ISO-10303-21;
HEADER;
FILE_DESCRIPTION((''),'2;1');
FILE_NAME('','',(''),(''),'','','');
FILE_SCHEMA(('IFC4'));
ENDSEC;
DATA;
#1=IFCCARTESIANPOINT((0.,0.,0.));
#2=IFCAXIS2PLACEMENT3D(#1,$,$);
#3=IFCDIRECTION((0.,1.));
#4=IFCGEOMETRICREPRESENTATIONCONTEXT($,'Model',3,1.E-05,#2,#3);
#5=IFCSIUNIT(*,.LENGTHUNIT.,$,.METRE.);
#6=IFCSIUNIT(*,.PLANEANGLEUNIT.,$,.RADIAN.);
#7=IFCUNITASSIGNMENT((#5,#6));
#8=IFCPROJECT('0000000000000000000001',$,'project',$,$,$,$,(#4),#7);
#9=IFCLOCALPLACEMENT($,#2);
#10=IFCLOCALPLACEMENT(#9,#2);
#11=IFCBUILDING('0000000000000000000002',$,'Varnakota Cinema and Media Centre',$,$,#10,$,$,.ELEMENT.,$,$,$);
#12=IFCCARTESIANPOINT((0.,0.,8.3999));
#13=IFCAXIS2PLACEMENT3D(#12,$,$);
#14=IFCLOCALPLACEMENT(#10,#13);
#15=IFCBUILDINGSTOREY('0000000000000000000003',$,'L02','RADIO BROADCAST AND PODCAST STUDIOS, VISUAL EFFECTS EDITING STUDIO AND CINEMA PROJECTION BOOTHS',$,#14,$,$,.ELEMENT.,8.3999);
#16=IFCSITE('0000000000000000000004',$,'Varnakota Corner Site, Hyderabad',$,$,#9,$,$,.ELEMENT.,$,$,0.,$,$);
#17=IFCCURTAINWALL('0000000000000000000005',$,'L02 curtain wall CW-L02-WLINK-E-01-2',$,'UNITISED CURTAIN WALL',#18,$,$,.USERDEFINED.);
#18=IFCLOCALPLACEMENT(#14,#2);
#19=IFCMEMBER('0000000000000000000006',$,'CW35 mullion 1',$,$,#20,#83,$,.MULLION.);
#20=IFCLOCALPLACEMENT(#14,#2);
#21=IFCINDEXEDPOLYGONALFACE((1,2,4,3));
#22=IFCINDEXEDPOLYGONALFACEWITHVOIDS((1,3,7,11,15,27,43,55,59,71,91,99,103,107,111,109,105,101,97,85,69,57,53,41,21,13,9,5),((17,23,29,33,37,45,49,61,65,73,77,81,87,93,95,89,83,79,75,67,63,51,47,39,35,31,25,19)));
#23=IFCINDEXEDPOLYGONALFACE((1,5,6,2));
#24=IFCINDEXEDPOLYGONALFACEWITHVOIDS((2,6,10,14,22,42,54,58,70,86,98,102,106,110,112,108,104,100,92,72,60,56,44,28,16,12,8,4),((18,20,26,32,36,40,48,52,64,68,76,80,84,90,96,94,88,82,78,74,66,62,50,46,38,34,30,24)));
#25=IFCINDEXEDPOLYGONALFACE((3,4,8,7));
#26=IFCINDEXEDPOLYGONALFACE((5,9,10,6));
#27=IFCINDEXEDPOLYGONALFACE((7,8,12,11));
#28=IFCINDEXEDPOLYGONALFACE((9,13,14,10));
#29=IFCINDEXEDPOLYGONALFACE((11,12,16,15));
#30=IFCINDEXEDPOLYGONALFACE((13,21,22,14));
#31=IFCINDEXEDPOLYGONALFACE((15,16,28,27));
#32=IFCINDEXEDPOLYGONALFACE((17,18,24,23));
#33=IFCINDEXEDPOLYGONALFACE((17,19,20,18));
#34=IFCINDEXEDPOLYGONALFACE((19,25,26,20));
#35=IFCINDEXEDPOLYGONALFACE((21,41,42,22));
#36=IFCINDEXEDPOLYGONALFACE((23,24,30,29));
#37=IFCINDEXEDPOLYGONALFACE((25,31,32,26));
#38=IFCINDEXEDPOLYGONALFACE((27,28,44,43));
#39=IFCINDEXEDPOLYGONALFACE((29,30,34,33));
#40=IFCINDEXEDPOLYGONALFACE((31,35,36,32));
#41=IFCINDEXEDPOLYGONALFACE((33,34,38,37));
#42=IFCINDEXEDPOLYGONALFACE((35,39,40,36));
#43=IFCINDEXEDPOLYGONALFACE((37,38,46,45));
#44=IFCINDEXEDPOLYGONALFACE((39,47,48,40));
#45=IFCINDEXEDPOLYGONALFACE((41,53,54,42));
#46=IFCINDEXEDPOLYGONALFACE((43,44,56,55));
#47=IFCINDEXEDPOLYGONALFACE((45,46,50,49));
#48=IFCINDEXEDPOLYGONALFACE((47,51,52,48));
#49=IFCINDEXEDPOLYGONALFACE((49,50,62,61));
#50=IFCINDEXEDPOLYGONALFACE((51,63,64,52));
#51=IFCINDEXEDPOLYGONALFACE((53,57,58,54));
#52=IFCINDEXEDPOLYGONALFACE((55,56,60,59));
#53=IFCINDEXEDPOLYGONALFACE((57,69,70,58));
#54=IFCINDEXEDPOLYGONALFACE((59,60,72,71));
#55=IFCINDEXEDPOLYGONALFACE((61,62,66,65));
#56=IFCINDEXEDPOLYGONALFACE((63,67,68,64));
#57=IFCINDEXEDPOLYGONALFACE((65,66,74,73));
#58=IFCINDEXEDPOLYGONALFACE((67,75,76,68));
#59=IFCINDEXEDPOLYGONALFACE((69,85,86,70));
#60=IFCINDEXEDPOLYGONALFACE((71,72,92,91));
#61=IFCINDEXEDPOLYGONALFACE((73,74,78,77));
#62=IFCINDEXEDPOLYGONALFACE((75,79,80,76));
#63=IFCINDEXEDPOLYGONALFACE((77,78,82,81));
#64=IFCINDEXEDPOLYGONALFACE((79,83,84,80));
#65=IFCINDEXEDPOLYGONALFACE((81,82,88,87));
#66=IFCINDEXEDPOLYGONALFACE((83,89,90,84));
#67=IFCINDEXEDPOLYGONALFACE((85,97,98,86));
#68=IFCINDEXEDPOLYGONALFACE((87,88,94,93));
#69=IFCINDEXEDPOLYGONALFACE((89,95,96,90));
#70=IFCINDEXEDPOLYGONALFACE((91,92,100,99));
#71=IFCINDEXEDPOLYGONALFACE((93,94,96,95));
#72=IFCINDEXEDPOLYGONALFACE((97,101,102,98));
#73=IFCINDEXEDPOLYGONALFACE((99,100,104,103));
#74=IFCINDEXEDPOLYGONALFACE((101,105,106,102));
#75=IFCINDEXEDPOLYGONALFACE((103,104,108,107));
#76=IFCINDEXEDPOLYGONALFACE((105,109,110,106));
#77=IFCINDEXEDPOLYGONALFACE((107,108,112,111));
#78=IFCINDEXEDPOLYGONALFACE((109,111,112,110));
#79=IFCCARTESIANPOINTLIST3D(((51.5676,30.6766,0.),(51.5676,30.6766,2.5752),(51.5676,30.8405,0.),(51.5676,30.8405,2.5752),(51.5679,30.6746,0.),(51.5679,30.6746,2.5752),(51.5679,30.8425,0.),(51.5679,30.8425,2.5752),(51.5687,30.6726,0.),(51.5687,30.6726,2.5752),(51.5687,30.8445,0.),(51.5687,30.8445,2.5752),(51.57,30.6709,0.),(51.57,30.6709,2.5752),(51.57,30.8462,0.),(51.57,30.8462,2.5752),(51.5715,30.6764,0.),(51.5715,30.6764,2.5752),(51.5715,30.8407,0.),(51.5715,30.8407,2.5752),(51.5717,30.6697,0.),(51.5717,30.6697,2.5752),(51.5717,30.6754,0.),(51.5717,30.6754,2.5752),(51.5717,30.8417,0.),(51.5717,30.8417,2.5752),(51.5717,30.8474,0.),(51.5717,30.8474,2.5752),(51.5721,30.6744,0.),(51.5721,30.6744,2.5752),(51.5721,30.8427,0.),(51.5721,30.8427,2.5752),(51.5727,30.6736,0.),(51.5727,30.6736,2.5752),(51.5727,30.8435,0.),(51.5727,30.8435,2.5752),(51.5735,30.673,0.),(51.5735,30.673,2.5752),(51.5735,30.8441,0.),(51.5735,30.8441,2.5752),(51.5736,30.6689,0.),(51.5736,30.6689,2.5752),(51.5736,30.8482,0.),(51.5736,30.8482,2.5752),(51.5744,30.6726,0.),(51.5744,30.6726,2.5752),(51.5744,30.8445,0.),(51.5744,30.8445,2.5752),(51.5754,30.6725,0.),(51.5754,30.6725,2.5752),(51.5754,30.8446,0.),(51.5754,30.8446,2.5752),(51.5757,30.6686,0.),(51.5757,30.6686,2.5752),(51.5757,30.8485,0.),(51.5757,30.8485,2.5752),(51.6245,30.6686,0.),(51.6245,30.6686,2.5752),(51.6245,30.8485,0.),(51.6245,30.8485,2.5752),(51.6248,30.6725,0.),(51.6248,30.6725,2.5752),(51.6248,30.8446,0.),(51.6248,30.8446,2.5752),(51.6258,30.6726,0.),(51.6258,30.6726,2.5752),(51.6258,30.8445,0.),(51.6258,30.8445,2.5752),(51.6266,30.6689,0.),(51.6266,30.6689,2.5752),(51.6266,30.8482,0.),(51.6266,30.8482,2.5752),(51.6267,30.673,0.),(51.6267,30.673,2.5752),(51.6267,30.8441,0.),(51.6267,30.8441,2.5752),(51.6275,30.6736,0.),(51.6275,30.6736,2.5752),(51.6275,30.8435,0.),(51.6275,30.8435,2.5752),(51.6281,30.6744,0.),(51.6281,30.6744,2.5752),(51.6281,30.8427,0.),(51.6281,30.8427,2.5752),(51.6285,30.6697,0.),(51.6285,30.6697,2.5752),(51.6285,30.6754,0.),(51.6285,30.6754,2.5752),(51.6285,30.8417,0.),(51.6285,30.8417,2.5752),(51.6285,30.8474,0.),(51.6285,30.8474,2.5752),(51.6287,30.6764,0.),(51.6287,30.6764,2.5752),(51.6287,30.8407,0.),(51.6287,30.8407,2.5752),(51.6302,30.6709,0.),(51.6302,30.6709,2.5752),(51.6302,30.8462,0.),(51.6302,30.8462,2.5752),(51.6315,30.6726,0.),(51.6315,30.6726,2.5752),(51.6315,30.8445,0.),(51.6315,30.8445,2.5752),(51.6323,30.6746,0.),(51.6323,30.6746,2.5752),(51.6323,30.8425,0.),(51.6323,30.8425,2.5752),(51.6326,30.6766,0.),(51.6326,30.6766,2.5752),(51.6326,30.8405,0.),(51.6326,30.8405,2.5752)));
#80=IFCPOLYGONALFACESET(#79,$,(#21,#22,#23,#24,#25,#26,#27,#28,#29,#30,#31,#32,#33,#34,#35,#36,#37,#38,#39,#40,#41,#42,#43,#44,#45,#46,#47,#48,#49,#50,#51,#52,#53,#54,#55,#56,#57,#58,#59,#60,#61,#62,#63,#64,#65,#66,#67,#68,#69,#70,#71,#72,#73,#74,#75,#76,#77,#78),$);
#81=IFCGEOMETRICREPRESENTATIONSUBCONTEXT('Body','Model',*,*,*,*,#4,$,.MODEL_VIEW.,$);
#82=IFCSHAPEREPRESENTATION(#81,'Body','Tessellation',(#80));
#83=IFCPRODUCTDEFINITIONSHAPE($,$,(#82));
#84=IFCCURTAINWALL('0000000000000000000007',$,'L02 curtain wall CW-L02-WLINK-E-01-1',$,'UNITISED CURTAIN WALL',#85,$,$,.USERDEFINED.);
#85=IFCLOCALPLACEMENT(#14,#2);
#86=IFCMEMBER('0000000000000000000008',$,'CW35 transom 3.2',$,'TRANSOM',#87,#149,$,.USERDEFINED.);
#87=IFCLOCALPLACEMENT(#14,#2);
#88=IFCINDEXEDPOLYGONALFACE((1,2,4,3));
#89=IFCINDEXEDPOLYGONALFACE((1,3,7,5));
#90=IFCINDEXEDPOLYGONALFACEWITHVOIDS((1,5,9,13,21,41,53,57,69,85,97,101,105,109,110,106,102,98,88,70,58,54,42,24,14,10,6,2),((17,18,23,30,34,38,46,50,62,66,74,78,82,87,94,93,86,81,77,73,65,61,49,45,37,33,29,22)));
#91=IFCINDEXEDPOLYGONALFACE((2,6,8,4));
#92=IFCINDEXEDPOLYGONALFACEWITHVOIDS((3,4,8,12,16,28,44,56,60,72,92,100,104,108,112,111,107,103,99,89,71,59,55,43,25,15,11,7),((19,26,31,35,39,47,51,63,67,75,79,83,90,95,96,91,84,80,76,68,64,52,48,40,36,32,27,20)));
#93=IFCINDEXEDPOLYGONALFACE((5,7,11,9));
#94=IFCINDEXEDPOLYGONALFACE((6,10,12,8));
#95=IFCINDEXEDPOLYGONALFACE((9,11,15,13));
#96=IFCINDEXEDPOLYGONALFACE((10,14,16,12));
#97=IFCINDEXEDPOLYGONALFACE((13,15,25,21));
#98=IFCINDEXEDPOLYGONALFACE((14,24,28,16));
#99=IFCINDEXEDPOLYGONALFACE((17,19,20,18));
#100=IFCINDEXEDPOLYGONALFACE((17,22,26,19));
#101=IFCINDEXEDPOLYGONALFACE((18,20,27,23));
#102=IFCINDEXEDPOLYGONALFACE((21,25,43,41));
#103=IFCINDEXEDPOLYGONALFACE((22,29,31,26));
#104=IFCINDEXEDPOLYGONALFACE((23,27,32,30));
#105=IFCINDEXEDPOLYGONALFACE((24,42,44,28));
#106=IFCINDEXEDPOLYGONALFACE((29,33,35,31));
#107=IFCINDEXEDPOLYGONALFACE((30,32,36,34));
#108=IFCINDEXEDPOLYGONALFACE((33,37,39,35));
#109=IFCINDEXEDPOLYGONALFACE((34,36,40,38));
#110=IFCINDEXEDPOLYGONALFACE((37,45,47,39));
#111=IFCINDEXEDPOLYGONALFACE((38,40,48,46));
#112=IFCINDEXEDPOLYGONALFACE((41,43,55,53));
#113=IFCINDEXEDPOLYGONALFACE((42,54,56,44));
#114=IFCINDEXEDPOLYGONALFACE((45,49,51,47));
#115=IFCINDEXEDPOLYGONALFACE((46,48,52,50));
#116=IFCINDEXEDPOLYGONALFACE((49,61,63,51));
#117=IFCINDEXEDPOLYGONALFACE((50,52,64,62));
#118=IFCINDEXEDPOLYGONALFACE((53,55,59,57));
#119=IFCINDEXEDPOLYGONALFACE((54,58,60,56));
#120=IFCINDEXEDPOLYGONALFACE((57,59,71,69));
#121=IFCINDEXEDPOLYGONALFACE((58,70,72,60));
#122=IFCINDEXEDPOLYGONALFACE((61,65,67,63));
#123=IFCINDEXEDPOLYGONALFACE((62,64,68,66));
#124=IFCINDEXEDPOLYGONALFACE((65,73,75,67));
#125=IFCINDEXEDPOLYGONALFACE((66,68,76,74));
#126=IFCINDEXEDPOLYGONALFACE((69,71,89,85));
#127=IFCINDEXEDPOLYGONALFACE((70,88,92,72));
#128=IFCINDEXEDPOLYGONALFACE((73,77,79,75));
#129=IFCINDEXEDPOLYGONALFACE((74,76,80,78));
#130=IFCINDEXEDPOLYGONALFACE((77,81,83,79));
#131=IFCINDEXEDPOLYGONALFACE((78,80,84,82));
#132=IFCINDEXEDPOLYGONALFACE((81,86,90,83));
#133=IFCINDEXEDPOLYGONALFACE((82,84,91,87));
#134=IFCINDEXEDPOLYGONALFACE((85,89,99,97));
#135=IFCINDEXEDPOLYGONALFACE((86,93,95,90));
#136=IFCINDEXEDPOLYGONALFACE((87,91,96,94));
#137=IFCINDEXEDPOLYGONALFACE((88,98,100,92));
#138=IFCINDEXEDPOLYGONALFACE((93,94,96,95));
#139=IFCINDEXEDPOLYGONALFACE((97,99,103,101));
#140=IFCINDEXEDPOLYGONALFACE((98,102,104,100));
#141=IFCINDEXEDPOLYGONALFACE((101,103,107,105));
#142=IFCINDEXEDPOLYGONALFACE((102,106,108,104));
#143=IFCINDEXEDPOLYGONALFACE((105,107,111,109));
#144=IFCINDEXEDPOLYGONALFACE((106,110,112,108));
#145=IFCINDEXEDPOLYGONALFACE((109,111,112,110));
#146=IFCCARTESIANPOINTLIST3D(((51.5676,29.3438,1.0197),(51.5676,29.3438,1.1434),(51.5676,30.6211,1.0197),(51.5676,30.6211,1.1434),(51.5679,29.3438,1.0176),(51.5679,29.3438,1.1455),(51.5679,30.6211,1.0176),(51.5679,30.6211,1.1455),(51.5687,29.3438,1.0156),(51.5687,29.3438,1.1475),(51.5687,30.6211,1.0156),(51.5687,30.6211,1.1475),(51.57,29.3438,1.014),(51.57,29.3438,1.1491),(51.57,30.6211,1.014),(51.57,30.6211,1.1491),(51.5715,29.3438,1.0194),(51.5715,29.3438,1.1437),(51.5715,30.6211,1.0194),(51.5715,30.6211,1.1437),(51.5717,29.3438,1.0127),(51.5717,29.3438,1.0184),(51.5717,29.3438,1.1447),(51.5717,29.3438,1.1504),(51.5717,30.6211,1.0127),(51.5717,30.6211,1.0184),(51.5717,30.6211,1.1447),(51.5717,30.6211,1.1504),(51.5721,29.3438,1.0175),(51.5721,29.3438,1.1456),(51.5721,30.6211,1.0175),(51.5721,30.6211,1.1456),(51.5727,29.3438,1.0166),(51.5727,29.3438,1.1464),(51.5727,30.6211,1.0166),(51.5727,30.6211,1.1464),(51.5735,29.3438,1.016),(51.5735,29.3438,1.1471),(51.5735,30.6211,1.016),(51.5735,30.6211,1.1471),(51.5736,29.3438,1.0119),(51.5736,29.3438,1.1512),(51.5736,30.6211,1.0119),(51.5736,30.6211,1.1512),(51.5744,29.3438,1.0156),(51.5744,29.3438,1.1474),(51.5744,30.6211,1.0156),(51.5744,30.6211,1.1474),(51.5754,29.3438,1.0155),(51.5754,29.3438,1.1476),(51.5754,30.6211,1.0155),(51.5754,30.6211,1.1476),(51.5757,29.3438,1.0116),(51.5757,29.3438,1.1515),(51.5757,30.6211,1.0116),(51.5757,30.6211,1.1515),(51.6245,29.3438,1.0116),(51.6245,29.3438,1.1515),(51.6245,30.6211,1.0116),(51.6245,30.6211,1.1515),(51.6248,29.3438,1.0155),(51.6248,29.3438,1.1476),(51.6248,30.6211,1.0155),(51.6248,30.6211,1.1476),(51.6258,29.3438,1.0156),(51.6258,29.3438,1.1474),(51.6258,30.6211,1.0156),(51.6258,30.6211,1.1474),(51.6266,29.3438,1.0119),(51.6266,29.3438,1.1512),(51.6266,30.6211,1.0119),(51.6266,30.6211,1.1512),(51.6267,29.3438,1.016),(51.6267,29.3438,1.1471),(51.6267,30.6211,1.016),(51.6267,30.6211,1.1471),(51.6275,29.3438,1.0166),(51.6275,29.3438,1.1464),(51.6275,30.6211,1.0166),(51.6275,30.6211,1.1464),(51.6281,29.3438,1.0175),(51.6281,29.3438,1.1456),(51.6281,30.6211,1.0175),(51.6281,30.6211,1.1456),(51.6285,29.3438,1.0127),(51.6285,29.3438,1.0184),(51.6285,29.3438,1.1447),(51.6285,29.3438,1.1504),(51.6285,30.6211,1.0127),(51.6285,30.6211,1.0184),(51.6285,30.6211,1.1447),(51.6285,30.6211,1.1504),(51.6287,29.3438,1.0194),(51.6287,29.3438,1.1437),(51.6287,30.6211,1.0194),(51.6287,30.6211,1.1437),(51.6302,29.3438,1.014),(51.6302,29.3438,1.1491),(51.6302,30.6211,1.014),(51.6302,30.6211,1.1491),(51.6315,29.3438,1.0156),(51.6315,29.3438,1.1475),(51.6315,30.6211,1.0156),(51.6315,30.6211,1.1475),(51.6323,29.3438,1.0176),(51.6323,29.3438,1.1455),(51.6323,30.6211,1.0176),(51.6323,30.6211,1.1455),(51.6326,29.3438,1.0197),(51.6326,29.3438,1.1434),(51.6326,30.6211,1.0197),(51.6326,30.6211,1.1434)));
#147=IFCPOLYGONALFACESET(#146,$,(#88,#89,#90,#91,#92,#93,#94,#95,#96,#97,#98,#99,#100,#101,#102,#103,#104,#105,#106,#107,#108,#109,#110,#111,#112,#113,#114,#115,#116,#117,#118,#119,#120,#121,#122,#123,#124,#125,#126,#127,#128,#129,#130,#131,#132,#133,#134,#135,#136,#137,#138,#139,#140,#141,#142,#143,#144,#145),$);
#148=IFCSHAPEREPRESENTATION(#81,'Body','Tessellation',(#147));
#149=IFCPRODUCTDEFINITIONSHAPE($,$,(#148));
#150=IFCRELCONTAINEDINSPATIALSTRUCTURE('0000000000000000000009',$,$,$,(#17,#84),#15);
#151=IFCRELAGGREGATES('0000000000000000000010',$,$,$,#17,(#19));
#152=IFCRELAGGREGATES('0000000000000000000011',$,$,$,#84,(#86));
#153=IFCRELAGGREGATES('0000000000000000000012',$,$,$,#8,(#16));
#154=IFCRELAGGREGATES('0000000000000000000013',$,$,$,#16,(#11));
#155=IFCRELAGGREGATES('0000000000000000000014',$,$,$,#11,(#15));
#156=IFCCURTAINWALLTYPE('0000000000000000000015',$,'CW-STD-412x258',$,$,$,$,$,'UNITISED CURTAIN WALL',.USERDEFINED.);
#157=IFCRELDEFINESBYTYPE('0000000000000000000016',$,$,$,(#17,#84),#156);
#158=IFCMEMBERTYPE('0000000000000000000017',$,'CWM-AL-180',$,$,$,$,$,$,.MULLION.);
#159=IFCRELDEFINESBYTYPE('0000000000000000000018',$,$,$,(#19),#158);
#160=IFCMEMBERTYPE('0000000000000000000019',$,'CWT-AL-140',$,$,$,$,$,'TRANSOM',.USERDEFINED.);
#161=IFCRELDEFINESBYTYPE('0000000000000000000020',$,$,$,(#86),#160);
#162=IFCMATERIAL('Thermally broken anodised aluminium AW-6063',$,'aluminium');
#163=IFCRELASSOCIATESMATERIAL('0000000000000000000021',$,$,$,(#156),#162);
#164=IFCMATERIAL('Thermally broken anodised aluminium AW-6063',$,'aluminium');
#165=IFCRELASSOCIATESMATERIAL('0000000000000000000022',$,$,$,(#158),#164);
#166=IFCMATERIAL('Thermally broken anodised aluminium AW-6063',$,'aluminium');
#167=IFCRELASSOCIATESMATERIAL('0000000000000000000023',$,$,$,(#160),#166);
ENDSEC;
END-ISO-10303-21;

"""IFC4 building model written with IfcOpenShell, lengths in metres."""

from ifc_helpers import new_model, si_unit, direction, frame, origin, origin_2d, place, context, subcontext, project, spatial, hollow_rectangle, extrude, material, material_profile, profile_set, type_object, element, aggregate, save


model = new_model("IFC4")

# Units and contexts
model_context = context("Model", 3, precision=1e-05, world=origin(), true_north=direction((0.0, 1.0)))
body_context = subcontext(model_context, "Body", "Model", "MODEL_VIEW")
ifc_project = project(units=[si_unit("LENGTHUNIT", "METRE"), si_unit("PLANEANGLEUNIT", "RADIAN")], contexts=[model_context])

# Site, building, storey
site_placement = place(None, origin())
site = spatial("IfcSite", under=ifc_project, at=site_placement, Name="Varnakota Corner Site, Hyderabad", CompositionType="ELEMENT", RefElevation=0.0)
building_placement = place(site_placement, origin())
building = spatial("IfcBuilding", under=site, at=building_placement, Name="Varnakota Cinema and Media Centre", CompositionType="ELEMENT")
storey_placement = place(building_placement, frame((0.0, 0.0, 8.3999)))
storey = spatial("IfcBuildingStorey", under=building, at=storey_placement, Name="L02", Description="RADIO BROADCAST AND PODCAST STUDIOS, VISUAL EFFECTS EDITING STUDIO AND CINEMA PROJECTION BOOTHS", CompositionType="ELEMENT", Elevation=8.3999)

# Curtain wall, member
ifc_material_1 = material(Name="Thermally broken anodised aluminium AW-6063", Category="aluminium")
curtain_wall_type = type_object("IfcCurtainWallType", Name="CW-STD-412x258", ElementType="UNITISED CURTAIN WALL", PredefinedType="USERDEFINED", material=ifc_material_1)
curtain_wall_1_placement = place(storey_placement, origin())
curtain_wall_1 = element("IfcCurtainWall", 1, at=curtain_wall_1_placement, inside=storey, type_object=curtain_wall_type, Name="L02 curtain wall CW-L02-WLINK-E-01-2", ObjectType="UNITISED CURTAIN WALL", PredefinedType="USERDEFINED")
ifc_material_2 = material(Name="Thermally broken anodised aluminium AW-6063", Category="aluminium")
ifc_material_profile_1 = material_profile(ifc_material_2, hollow_rectangle(XDim=0.0649, YDim=0.1799, WallThickness=0.0039, InnerFilletRadius=0.0039, OuterFilletRadius=0.0081, at=origin_2d()), Name="AL-MULLION 180x65x4")
ifc_profile_set_1 = profile_set([ifc_material_profile_1], Name="Thermally broken anodised aluminium AW-6063")
member_type_1 = type_object("IfcMemberType", Name="CWM-AL-180", PredefinedType="MULLION", material=ifc_profile_set_1)
member_1_placement = place(storey_placement, frame((51.6001, 30.7585, 0.0), z_axis=(0.0, 0.0, 1.0), x_axis=(-1.0, 0.0, 0.0)))
member_1 = element("IfcMember", 2, at=member_1_placement, type_object=member_type_1, Name="CW35 mullion 1", PredefinedType="MULLION", context=body_context, shape_type="SweptSolid", body=[
    extrude(hollow_rectangle(XDim=0.0649, YDim=0.1799, WallThickness=0.0039, InnerFilletRadius=0.0039, OuterFilletRadius=0.0081, at=origin_2d()), origin(), (0.0, 0.0, 1.0), 2.5752),
])

# Curtain wall, member
curtain_wall_2_placement = place(storey_placement, origin())
curtain_wall_2 = element("IfcCurtainWall", 3, at=curtain_wall_2_placement, inside=storey, type_object=curtain_wall_type, Name="L02 curtain wall CW-L02-WLINK-E-01-1", ObjectType="UNITISED CURTAIN WALL", PredefinedType="USERDEFINED")
ifc_material_3 = material(Name="Thermally broken anodised aluminium AW-6063", Category="aluminium")
ifc_material_profile_2 = material_profile(ifc_material_3, hollow_rectangle(XDim=0.0649, YDim=0.1399, WallThickness=0.0039, InnerFilletRadius=0.0039, OuterFilletRadius=0.0081, at=origin_2d()), Name="AL-TRANSOM 140x65x4")
ifc_profile_set_2 = profile_set([ifc_material_profile_2], Name="Thermally broken anodised aluminium AW-6063")
member_type_2 = type_object("IfcMemberType", Name="CWT-AL-140", ElementType="TRANSOM", PredefinedType="USERDEFINED", material=ifc_profile_set_2)
member_2_placement = place(storey_placement, frame((51.6001, 29.3438, 1.0815), z_axis=(0.0, 1.0, 0.0), x_axis=(-1.0, 0.0, 0.0)))
member_2 = element("IfcMember", 4, at=member_2_placement, type_object=member_type_2, Name="CW35 transom 3.2", ObjectType="TRANSOM", PredefinedType="USERDEFINED", context=body_context, shape_type="SweptSolid", body=[
    extrude(hollow_rectangle(XDim=0.0649, YDim=0.1399, WallThickness=0.0039, InnerFilletRadius=0.0039, OuterFilletRadius=0.0081, at=origin_2d()), origin(), (0.0, 0.0, 1.0), 1.2773),
])

aggregate(curtain_wall_1, [member_1])

aggregate(curtain_wall_2, [member_2])

save(model, "model.ifc")
